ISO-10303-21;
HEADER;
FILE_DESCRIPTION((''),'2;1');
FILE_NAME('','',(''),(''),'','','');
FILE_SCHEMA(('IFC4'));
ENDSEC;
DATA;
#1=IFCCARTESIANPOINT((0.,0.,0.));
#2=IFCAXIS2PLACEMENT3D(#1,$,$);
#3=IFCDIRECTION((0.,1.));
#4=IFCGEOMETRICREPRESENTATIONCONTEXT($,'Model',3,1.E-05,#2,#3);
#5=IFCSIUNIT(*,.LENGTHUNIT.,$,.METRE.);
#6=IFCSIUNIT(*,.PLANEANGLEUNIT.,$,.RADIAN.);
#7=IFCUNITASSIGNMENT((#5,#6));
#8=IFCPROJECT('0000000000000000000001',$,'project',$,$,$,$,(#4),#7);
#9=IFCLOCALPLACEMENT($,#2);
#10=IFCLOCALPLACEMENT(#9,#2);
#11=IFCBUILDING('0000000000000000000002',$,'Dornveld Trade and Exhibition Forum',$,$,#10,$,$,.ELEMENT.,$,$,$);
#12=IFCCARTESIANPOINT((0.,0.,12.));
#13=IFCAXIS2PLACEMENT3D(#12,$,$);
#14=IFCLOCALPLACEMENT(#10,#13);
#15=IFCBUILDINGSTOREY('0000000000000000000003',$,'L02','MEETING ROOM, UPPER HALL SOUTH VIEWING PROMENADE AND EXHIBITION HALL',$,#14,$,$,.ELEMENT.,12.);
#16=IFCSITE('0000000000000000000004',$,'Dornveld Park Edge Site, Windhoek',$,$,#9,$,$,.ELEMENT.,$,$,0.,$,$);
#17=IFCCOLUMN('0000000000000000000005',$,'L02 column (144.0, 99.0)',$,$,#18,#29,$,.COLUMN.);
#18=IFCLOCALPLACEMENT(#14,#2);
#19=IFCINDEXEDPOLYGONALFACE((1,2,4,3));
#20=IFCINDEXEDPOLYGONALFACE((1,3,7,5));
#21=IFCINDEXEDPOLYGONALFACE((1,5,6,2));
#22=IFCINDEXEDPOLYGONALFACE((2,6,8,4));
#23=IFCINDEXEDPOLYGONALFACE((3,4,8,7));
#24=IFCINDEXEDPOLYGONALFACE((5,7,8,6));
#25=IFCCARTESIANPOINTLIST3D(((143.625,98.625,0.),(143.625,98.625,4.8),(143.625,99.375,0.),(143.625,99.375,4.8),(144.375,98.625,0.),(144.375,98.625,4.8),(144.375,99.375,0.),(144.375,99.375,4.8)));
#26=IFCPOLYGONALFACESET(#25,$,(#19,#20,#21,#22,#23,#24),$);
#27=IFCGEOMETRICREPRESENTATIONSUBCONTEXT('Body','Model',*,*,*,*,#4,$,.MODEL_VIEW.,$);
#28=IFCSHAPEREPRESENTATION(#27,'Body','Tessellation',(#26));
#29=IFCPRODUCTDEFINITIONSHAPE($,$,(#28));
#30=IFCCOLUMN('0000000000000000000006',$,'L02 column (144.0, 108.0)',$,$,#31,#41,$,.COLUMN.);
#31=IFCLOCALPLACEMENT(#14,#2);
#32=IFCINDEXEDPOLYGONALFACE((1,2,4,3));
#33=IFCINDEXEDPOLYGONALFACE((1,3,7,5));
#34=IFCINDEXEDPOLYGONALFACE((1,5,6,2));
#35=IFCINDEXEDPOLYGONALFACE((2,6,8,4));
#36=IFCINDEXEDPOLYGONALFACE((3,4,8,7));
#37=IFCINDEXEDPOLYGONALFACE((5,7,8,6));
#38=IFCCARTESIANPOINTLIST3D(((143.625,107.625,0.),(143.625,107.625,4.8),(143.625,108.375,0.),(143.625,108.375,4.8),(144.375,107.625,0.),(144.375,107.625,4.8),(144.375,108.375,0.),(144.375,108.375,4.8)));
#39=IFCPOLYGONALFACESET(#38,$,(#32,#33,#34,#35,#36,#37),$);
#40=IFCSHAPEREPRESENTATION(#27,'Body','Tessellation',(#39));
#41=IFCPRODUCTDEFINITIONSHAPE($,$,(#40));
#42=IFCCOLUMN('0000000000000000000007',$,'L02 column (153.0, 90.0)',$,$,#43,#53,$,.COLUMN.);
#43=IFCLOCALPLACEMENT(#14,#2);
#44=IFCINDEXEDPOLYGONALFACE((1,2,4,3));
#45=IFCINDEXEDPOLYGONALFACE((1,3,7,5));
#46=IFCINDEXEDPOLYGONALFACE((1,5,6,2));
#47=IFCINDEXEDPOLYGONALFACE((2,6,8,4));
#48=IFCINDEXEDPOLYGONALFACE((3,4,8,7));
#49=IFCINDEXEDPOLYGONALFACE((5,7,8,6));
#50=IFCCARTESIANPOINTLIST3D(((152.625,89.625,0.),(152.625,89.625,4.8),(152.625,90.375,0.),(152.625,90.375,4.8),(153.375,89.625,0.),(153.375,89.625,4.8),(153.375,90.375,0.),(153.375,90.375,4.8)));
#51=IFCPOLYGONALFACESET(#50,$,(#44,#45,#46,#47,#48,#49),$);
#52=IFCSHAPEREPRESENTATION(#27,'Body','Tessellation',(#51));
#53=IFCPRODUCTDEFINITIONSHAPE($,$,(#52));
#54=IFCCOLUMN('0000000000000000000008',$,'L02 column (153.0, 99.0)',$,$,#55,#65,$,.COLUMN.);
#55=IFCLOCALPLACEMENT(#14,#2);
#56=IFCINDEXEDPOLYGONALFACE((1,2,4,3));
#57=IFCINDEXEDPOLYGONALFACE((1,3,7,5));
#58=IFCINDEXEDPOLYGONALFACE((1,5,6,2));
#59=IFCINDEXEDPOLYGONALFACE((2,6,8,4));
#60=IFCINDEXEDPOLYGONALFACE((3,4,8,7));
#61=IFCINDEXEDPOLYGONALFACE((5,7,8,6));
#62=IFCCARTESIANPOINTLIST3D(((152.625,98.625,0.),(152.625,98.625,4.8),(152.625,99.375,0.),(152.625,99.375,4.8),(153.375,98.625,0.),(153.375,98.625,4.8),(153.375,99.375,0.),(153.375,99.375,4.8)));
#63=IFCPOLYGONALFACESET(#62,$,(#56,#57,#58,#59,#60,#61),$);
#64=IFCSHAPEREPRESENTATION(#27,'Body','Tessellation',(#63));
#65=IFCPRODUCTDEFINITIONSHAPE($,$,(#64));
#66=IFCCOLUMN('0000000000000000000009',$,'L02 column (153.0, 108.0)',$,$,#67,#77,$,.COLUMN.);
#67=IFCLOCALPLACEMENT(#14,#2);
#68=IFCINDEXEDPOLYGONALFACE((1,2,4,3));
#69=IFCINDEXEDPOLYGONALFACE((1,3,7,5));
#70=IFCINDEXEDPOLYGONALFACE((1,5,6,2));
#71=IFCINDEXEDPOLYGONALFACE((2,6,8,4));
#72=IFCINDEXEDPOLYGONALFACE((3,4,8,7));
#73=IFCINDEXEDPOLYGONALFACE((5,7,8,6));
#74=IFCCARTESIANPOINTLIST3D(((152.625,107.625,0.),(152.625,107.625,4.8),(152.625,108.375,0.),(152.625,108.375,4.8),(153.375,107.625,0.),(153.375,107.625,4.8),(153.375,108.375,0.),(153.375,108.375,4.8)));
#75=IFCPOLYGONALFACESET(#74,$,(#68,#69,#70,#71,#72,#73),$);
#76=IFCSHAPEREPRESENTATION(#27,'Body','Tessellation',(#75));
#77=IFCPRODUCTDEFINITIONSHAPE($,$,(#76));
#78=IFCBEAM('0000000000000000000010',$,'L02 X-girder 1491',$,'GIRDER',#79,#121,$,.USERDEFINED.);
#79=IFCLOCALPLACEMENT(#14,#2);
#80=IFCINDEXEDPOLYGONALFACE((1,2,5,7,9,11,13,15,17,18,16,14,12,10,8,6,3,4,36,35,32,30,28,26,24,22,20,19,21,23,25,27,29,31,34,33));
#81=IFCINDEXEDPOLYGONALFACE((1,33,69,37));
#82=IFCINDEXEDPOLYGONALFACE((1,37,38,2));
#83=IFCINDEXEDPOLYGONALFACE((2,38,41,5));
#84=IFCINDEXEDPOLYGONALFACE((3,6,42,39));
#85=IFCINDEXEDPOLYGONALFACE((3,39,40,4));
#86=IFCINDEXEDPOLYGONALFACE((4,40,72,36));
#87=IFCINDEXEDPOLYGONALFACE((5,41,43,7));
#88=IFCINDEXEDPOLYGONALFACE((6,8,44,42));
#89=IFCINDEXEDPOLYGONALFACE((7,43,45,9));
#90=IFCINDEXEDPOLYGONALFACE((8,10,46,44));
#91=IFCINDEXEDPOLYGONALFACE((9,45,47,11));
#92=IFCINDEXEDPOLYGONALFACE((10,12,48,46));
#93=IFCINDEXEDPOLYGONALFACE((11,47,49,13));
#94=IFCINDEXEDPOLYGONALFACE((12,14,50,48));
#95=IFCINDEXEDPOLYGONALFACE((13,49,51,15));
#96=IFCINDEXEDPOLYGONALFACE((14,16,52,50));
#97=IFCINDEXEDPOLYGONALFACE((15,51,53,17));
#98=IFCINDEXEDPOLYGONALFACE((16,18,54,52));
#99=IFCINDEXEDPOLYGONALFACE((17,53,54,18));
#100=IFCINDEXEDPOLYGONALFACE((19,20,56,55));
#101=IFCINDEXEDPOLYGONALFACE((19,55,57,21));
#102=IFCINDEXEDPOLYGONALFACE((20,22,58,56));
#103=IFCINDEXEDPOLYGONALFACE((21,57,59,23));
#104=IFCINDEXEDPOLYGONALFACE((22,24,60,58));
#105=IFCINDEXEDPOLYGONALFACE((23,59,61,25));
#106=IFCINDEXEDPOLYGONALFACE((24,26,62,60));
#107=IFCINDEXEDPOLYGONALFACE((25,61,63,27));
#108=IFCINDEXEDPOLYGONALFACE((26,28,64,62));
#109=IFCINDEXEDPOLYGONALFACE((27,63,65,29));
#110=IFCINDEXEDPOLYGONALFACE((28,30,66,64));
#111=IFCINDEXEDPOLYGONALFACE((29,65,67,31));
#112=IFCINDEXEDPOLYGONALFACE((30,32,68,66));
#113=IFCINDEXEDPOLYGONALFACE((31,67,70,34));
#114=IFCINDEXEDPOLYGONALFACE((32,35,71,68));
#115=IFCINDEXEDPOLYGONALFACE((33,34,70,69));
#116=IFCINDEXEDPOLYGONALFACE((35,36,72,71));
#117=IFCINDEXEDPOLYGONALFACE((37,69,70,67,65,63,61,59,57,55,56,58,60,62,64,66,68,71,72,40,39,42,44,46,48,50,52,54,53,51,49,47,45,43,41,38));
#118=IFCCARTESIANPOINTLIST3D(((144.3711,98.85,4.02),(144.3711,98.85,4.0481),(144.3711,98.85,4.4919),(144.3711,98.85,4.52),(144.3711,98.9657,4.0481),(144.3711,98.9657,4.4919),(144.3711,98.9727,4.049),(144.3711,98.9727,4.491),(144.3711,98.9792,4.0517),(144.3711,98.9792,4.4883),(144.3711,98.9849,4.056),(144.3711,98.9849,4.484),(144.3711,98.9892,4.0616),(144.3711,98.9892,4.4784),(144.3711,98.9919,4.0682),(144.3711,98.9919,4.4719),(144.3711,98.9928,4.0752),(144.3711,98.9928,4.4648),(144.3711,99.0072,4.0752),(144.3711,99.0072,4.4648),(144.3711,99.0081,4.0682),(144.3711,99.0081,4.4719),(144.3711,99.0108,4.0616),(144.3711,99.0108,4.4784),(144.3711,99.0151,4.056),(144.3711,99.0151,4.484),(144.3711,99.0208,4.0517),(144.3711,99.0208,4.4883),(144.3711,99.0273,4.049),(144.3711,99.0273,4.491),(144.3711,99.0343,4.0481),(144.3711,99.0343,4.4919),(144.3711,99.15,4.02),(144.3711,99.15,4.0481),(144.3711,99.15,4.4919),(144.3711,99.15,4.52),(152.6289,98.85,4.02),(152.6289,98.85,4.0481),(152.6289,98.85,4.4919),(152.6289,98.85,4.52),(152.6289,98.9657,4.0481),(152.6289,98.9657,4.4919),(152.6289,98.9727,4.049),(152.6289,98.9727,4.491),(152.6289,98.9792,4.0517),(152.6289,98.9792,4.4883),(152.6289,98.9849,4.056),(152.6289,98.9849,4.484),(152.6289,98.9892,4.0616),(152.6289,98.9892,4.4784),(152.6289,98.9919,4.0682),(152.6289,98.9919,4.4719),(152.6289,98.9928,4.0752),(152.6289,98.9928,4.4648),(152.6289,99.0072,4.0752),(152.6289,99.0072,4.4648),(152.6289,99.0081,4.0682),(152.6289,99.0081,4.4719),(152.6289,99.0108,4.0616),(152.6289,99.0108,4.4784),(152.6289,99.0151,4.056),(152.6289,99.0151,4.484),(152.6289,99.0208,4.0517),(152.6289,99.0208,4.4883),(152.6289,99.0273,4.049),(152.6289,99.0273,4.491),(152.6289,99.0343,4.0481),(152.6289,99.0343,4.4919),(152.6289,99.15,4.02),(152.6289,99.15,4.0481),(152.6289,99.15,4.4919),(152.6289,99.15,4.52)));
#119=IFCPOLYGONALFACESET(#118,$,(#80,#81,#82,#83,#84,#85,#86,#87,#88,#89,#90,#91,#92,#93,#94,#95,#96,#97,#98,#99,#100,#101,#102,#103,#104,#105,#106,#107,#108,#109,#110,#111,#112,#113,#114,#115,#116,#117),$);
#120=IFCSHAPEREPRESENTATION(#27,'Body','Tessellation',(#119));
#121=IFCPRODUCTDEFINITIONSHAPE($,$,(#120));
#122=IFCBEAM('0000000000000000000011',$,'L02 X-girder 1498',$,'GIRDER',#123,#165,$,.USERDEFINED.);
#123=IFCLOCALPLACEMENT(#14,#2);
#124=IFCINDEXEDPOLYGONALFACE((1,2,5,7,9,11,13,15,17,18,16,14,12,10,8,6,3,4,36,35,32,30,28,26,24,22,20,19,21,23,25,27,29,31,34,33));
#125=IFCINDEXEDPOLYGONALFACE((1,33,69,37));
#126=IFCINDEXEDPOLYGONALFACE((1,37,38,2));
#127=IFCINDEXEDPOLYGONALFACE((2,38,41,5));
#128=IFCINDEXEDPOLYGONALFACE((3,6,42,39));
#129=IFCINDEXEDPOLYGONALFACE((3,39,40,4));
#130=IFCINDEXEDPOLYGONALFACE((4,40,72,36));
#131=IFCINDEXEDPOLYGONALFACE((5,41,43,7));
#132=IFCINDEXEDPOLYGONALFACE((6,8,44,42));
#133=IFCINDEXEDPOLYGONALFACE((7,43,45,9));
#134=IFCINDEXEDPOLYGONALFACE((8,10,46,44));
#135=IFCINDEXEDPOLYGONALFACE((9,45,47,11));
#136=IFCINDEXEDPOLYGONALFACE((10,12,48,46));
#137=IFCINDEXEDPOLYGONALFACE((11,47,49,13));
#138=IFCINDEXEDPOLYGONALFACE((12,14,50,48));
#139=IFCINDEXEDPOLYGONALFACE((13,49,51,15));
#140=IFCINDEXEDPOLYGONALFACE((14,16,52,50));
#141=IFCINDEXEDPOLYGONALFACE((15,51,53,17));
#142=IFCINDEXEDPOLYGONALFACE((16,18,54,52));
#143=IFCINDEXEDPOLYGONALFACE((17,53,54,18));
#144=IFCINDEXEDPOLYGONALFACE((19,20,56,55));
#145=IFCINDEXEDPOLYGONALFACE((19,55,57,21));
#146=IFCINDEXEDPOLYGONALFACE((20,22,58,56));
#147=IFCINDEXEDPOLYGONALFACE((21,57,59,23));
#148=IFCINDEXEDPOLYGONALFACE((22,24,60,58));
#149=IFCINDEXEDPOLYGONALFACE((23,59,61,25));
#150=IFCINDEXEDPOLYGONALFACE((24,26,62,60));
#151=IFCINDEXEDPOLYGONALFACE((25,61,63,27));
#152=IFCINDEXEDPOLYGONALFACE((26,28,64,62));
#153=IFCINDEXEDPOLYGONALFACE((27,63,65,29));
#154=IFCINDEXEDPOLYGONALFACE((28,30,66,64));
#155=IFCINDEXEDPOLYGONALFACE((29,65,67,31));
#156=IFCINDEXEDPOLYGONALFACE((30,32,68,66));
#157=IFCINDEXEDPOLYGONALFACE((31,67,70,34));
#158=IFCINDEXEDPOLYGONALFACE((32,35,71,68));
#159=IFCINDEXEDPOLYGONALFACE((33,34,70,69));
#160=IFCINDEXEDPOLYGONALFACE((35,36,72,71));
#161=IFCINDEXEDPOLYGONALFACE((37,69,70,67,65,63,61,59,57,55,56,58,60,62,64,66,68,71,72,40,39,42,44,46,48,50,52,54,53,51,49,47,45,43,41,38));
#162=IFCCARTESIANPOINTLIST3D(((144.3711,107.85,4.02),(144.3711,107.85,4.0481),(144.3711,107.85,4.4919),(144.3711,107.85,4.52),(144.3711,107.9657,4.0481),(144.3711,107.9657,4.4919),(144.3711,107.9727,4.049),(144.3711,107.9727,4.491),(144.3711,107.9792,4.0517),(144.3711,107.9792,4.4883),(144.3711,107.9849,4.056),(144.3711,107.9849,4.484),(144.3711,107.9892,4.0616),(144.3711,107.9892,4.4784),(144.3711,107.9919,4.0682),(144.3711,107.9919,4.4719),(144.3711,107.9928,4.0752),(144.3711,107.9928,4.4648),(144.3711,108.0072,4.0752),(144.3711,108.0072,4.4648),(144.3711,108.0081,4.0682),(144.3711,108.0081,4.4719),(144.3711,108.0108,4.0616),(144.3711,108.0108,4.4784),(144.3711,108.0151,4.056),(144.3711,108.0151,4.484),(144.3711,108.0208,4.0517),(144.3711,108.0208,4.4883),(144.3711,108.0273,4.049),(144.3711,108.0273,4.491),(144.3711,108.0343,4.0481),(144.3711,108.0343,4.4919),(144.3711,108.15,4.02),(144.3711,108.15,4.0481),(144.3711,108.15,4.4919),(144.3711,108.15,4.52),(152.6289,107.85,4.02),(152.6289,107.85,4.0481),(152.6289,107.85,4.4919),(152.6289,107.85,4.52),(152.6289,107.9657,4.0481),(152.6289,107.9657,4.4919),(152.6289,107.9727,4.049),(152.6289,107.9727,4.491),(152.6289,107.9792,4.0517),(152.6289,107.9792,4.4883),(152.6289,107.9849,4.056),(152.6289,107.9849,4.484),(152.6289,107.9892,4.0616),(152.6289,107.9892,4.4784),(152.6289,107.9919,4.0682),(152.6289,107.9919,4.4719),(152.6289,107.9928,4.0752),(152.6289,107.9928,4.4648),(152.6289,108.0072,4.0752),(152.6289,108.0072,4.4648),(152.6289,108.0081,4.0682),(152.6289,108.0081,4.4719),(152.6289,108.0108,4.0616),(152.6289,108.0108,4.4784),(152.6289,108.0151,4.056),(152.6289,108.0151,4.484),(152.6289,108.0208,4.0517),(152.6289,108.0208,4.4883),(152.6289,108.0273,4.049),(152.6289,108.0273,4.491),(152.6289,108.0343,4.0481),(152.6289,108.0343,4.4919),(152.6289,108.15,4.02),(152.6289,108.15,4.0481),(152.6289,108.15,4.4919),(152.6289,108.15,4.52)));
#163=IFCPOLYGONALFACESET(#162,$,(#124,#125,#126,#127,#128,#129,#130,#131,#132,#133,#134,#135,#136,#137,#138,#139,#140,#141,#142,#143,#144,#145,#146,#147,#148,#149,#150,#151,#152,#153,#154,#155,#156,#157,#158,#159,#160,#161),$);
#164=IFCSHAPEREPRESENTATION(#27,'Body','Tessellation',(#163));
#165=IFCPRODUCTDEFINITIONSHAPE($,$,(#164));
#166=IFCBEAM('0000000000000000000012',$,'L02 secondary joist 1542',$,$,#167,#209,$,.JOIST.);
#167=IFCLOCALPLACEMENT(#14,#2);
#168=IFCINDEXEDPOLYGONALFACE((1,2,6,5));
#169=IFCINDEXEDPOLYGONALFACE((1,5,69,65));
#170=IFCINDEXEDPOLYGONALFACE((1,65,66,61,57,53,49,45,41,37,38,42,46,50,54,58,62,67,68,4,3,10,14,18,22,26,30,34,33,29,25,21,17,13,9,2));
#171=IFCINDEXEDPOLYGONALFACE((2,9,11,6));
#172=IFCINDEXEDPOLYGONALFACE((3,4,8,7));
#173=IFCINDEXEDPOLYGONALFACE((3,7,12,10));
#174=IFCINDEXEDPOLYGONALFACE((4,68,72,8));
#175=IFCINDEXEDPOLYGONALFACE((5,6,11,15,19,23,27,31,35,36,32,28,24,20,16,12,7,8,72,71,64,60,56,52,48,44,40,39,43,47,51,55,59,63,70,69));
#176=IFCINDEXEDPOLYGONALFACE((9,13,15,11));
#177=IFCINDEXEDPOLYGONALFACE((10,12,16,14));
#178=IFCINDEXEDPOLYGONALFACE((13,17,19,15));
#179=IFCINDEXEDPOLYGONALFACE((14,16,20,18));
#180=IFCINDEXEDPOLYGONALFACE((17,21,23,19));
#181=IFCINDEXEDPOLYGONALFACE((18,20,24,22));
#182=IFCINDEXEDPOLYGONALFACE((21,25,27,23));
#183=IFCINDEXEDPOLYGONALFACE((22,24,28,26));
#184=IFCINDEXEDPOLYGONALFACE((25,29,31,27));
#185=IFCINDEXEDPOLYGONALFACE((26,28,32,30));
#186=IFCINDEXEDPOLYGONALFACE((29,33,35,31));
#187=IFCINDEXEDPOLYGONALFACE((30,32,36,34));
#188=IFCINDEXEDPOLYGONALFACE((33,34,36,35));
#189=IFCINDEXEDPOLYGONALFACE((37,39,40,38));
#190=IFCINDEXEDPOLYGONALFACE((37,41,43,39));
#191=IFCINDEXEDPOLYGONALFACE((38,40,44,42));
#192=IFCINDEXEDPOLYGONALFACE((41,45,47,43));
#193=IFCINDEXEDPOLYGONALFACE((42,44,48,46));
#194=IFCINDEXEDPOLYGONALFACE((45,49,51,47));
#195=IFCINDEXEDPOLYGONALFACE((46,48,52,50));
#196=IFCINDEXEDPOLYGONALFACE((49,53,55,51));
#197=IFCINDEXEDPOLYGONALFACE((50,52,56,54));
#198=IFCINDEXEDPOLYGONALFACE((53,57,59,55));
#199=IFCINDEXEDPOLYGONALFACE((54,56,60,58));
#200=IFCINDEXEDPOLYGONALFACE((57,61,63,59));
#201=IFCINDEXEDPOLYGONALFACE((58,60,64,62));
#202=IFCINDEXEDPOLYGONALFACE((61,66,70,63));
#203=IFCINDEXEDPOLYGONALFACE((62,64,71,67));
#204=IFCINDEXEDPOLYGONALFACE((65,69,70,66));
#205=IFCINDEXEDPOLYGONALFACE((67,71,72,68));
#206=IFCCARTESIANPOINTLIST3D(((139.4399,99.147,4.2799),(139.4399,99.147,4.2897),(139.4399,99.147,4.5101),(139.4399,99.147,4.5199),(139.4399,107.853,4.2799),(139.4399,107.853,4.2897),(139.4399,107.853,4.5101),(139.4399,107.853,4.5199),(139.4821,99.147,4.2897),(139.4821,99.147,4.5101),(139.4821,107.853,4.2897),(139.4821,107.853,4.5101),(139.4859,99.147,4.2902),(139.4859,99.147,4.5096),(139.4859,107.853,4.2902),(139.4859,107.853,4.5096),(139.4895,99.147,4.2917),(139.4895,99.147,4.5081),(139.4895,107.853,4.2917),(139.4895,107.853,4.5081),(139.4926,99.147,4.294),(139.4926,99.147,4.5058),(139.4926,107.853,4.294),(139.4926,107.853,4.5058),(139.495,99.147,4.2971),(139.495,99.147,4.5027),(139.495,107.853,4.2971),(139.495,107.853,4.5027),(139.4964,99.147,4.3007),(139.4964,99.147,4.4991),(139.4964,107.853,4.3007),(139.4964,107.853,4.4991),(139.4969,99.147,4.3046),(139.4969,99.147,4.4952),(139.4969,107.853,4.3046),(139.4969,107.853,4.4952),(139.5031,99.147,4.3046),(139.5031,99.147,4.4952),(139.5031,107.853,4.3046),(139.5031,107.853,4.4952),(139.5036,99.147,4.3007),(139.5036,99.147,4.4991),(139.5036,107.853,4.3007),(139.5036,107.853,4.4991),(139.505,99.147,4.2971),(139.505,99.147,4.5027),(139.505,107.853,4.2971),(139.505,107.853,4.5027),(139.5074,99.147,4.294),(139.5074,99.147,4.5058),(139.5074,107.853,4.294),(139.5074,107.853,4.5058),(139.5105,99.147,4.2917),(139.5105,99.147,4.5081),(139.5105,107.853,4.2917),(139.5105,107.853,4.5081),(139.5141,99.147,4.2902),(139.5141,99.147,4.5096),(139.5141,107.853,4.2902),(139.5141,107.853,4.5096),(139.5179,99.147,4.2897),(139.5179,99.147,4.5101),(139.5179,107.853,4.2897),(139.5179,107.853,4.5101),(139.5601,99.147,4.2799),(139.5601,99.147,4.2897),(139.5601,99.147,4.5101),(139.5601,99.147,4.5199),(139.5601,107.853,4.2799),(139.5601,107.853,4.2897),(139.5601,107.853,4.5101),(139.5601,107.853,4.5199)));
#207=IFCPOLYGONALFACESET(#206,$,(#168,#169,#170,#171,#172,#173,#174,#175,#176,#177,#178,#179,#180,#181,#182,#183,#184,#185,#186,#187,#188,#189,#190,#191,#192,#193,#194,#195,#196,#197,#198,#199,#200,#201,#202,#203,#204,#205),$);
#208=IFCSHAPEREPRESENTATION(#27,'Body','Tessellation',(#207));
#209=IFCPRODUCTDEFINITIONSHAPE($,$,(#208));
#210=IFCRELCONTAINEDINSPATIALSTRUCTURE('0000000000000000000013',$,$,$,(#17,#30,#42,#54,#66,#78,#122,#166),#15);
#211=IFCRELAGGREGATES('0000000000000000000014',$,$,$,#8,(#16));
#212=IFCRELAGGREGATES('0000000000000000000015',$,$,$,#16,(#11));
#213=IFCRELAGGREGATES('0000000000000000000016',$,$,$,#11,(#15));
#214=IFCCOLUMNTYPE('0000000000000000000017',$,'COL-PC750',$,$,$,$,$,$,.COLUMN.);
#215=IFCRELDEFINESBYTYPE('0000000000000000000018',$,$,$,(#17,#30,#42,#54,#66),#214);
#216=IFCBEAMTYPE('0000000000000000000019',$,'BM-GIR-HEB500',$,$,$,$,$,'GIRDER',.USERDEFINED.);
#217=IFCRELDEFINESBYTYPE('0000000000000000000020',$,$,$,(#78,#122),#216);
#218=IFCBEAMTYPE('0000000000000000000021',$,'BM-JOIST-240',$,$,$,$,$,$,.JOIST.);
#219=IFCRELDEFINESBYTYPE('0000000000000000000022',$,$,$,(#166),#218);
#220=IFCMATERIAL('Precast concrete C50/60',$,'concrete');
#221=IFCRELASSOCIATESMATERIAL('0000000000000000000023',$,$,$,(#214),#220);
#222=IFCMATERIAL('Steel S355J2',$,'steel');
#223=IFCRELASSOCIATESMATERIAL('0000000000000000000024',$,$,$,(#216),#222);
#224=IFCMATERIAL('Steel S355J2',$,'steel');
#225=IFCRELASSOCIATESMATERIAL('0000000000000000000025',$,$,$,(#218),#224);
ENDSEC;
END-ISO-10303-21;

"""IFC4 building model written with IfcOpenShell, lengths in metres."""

from ifc_helpers import new_model, si_unit, direction, frame, origin, origin_2d, place, context, subcontext, project, spatial, rectangle, i_section, extrude, material, material_profile, profile_set, type_object, element, save


model = new_model("IFC4")

# Units and contexts
model_context = context("Model", 3, precision=1e-05, world=origin(), true_north=direction((0.0, 1.0)))
body_context = subcontext(model_context, "Body", "Model", "MODEL_VIEW")
ifc_project = project(units=[si_unit("LENGTHUNIT", "METRE"), si_unit("PLANEANGLEUNIT", "RADIAN")], contexts=[model_context])

# Site, building, storey
site_placement = place(None, origin())
site = spatial("IfcSite", under=ifc_project, at=site_placement, Name="Dornveld Park Edge Site, Windhoek", CompositionType="ELEMENT", RefElevation=0.0)
building_placement = place(site_placement, origin())
building = spatial("IfcBuilding", under=site, at=building_placement, Name="Dornveld Trade and Exhibition Forum", CompositionType="ELEMENT")
storey_placement = place(building_placement, frame((0.0, 0.0, 12.0)))
storey = spatial("IfcBuildingStorey", under=building, at=storey_placement, Name="L02", Description="MEETING ROOM, UPPER HALL SOUTH VIEWING PROMENADE AND EXHIBITION HALL", CompositionType="ELEMENT", Elevation=12.0)

# Columns
ifc_material_1 = material(Name="Precast concrete C50/60", Category="concrete")
ifc_material_profile_1 = material_profile(ifc_material_1, rectangle(XDim=0.75, YDim=0.75, at=origin_2d()), Name="PC-COL 750x750")
ifc_profile_set_1 = profile_set([ifc_material_profile_1], Name="Precast concrete C50/60")
column_type = type_object("IfcColumnType", Name="COL-PC750", PredefinedType="COLUMN", material=ifc_profile_set_1)
for number, where, z_axis, x_axis, name in (
    (1, (144.0, 99.0, 0.0), (0.0, 0.0, 1.0), (1.0, 0.0, 0.0), "L02 column (144.0, 99.0)"),
    (2, (144.0, 108.0, 0.0), (0.0, 0.0, 1.0), (1.0, 0.0, 0.0), "L02 column (144.0, 108.0)"),
    (3, (153.0, 90.0, 0.0), (0.0, 0.0, 1.0), (1.0, 0.0, 0.0), "L02 column (153.0, 90.0)"),
    (4, (153.0, 99.0, 0.0), (0.0, 0.0, 1.0), (1.0, 0.0, 0.0), "L02 column (153.0, 99.0)"),
    (5, (153.0, 108.0, 0.0), (0.0, 0.0, 1.0), (1.0, 0.0, 0.0), "L02 column (153.0, 108.0)"),
):
    element("IfcColumn", number, at=place(storey_placement, frame(where, z_axis=z_axis, x_axis=x_axis)), inside=storey, type_object=column_type, Name=name, PredefinedType="COLUMN", context=body_context, shape_type="SweptSolid", body=[
        extrude(rectangle(XDim=0.75, YDim=0.75, at=origin_2d()), origin(), (0.0, 0.0, 1.0), 4.8),
    ])

# Beams
ifc_material_2 = material(Name="Steel S355J2", Category="steel")
ifc_material_profile_2 = material_profile(ifc_material_2, i_section(OverallWidth=0.3, OverallDepth=0.5, WebThickness=0.0144, FlangeThickness=0.0281, FilletRadius=0.0271, at=origin_2d()), Name="HEB 500")
ifc_profile_set_2 = profile_set([ifc_material_profile_2], Name="Steel S355J2")
beam_type_1 = type_object("IfcBeamType", Name="BM-GIR-HEB500", ElementType="GIRDER", PredefinedType="USERDEFINED", material=ifc_profile_set_2)
for number, where, z_axis, x_axis, name in (
    (6, (144.3711, 99.0, 4.27), (1.0, 0.0, 0.0), (0.0, 1.0, 0.0), "L02 X-girder 1491"),
    (7, (144.3711, 108.0, 4.27), (1.0, 0.0, 0.0), (0.0, 1.0, 0.0), "L02 X-girder 1498"),
):
    element("IfcBeam", number, at=place(storey_placement, frame(where, z_axis=z_axis, x_axis=x_axis)), inside=storey, type_object=beam_type_1, Name=name, ObjectType="GIRDER", PredefinedType="USERDEFINED", context=body_context, shape_type="SweptSolid", body=[
        extrude(i_section(OverallWidth=0.3, OverallDepth=0.5, WebThickness=0.0144, FlangeThickness=0.0281, FilletRadius=0.0271, at=origin_2d()), origin(), (0.0, 0.0, 1.0), 8.2578),
    ])
ifc_material_3 = material(Name="Steel S355J2", Category="steel")
ifc_material_profile_3 = material_profile(ifc_material_3, i_section(OverallWidth=0.1201, OverallDepth=0.24, WebThickness=0.0061, FlangeThickness=0.0098, FilletRadius=0.0149, at=origin_2d()), Name="IPE 240")
ifc_profile_set_3 = profile_set([ifc_material_profile_3], Name="Steel S355J2")
beam_type_2 = type_object("IfcBeamType", Name="BM-JOIST-240", PredefinedType="JOIST", material=ifc_profile_set_3)
for number, where, z_axis, x_axis, name in (
    (8, (139.5, 99.147, 4.3999), (0.0, 1.0, 0.0), (-1.0, 0.0, 0.0), "L02 secondary joist 1542"),
):
    element("IfcBeam", number, at=place(storey_placement, frame(where, z_axis=z_axis, x_axis=x_axis)), inside=storey, type_object=beam_type_2, Name=name, PredefinedType="JOIST", context=body_context, shape_type="SweptSolid", body=[
        extrude(i_section(OverallWidth=0.1201, OverallDepth=0.24, WebThickness=0.0061, FlangeThickness=0.0098, FilletRadius=0.0149, at=origin_2d()), origin(), (0.0, 0.0, 1.0), 8.7061),
    ])

save(model, "model.ifc")
